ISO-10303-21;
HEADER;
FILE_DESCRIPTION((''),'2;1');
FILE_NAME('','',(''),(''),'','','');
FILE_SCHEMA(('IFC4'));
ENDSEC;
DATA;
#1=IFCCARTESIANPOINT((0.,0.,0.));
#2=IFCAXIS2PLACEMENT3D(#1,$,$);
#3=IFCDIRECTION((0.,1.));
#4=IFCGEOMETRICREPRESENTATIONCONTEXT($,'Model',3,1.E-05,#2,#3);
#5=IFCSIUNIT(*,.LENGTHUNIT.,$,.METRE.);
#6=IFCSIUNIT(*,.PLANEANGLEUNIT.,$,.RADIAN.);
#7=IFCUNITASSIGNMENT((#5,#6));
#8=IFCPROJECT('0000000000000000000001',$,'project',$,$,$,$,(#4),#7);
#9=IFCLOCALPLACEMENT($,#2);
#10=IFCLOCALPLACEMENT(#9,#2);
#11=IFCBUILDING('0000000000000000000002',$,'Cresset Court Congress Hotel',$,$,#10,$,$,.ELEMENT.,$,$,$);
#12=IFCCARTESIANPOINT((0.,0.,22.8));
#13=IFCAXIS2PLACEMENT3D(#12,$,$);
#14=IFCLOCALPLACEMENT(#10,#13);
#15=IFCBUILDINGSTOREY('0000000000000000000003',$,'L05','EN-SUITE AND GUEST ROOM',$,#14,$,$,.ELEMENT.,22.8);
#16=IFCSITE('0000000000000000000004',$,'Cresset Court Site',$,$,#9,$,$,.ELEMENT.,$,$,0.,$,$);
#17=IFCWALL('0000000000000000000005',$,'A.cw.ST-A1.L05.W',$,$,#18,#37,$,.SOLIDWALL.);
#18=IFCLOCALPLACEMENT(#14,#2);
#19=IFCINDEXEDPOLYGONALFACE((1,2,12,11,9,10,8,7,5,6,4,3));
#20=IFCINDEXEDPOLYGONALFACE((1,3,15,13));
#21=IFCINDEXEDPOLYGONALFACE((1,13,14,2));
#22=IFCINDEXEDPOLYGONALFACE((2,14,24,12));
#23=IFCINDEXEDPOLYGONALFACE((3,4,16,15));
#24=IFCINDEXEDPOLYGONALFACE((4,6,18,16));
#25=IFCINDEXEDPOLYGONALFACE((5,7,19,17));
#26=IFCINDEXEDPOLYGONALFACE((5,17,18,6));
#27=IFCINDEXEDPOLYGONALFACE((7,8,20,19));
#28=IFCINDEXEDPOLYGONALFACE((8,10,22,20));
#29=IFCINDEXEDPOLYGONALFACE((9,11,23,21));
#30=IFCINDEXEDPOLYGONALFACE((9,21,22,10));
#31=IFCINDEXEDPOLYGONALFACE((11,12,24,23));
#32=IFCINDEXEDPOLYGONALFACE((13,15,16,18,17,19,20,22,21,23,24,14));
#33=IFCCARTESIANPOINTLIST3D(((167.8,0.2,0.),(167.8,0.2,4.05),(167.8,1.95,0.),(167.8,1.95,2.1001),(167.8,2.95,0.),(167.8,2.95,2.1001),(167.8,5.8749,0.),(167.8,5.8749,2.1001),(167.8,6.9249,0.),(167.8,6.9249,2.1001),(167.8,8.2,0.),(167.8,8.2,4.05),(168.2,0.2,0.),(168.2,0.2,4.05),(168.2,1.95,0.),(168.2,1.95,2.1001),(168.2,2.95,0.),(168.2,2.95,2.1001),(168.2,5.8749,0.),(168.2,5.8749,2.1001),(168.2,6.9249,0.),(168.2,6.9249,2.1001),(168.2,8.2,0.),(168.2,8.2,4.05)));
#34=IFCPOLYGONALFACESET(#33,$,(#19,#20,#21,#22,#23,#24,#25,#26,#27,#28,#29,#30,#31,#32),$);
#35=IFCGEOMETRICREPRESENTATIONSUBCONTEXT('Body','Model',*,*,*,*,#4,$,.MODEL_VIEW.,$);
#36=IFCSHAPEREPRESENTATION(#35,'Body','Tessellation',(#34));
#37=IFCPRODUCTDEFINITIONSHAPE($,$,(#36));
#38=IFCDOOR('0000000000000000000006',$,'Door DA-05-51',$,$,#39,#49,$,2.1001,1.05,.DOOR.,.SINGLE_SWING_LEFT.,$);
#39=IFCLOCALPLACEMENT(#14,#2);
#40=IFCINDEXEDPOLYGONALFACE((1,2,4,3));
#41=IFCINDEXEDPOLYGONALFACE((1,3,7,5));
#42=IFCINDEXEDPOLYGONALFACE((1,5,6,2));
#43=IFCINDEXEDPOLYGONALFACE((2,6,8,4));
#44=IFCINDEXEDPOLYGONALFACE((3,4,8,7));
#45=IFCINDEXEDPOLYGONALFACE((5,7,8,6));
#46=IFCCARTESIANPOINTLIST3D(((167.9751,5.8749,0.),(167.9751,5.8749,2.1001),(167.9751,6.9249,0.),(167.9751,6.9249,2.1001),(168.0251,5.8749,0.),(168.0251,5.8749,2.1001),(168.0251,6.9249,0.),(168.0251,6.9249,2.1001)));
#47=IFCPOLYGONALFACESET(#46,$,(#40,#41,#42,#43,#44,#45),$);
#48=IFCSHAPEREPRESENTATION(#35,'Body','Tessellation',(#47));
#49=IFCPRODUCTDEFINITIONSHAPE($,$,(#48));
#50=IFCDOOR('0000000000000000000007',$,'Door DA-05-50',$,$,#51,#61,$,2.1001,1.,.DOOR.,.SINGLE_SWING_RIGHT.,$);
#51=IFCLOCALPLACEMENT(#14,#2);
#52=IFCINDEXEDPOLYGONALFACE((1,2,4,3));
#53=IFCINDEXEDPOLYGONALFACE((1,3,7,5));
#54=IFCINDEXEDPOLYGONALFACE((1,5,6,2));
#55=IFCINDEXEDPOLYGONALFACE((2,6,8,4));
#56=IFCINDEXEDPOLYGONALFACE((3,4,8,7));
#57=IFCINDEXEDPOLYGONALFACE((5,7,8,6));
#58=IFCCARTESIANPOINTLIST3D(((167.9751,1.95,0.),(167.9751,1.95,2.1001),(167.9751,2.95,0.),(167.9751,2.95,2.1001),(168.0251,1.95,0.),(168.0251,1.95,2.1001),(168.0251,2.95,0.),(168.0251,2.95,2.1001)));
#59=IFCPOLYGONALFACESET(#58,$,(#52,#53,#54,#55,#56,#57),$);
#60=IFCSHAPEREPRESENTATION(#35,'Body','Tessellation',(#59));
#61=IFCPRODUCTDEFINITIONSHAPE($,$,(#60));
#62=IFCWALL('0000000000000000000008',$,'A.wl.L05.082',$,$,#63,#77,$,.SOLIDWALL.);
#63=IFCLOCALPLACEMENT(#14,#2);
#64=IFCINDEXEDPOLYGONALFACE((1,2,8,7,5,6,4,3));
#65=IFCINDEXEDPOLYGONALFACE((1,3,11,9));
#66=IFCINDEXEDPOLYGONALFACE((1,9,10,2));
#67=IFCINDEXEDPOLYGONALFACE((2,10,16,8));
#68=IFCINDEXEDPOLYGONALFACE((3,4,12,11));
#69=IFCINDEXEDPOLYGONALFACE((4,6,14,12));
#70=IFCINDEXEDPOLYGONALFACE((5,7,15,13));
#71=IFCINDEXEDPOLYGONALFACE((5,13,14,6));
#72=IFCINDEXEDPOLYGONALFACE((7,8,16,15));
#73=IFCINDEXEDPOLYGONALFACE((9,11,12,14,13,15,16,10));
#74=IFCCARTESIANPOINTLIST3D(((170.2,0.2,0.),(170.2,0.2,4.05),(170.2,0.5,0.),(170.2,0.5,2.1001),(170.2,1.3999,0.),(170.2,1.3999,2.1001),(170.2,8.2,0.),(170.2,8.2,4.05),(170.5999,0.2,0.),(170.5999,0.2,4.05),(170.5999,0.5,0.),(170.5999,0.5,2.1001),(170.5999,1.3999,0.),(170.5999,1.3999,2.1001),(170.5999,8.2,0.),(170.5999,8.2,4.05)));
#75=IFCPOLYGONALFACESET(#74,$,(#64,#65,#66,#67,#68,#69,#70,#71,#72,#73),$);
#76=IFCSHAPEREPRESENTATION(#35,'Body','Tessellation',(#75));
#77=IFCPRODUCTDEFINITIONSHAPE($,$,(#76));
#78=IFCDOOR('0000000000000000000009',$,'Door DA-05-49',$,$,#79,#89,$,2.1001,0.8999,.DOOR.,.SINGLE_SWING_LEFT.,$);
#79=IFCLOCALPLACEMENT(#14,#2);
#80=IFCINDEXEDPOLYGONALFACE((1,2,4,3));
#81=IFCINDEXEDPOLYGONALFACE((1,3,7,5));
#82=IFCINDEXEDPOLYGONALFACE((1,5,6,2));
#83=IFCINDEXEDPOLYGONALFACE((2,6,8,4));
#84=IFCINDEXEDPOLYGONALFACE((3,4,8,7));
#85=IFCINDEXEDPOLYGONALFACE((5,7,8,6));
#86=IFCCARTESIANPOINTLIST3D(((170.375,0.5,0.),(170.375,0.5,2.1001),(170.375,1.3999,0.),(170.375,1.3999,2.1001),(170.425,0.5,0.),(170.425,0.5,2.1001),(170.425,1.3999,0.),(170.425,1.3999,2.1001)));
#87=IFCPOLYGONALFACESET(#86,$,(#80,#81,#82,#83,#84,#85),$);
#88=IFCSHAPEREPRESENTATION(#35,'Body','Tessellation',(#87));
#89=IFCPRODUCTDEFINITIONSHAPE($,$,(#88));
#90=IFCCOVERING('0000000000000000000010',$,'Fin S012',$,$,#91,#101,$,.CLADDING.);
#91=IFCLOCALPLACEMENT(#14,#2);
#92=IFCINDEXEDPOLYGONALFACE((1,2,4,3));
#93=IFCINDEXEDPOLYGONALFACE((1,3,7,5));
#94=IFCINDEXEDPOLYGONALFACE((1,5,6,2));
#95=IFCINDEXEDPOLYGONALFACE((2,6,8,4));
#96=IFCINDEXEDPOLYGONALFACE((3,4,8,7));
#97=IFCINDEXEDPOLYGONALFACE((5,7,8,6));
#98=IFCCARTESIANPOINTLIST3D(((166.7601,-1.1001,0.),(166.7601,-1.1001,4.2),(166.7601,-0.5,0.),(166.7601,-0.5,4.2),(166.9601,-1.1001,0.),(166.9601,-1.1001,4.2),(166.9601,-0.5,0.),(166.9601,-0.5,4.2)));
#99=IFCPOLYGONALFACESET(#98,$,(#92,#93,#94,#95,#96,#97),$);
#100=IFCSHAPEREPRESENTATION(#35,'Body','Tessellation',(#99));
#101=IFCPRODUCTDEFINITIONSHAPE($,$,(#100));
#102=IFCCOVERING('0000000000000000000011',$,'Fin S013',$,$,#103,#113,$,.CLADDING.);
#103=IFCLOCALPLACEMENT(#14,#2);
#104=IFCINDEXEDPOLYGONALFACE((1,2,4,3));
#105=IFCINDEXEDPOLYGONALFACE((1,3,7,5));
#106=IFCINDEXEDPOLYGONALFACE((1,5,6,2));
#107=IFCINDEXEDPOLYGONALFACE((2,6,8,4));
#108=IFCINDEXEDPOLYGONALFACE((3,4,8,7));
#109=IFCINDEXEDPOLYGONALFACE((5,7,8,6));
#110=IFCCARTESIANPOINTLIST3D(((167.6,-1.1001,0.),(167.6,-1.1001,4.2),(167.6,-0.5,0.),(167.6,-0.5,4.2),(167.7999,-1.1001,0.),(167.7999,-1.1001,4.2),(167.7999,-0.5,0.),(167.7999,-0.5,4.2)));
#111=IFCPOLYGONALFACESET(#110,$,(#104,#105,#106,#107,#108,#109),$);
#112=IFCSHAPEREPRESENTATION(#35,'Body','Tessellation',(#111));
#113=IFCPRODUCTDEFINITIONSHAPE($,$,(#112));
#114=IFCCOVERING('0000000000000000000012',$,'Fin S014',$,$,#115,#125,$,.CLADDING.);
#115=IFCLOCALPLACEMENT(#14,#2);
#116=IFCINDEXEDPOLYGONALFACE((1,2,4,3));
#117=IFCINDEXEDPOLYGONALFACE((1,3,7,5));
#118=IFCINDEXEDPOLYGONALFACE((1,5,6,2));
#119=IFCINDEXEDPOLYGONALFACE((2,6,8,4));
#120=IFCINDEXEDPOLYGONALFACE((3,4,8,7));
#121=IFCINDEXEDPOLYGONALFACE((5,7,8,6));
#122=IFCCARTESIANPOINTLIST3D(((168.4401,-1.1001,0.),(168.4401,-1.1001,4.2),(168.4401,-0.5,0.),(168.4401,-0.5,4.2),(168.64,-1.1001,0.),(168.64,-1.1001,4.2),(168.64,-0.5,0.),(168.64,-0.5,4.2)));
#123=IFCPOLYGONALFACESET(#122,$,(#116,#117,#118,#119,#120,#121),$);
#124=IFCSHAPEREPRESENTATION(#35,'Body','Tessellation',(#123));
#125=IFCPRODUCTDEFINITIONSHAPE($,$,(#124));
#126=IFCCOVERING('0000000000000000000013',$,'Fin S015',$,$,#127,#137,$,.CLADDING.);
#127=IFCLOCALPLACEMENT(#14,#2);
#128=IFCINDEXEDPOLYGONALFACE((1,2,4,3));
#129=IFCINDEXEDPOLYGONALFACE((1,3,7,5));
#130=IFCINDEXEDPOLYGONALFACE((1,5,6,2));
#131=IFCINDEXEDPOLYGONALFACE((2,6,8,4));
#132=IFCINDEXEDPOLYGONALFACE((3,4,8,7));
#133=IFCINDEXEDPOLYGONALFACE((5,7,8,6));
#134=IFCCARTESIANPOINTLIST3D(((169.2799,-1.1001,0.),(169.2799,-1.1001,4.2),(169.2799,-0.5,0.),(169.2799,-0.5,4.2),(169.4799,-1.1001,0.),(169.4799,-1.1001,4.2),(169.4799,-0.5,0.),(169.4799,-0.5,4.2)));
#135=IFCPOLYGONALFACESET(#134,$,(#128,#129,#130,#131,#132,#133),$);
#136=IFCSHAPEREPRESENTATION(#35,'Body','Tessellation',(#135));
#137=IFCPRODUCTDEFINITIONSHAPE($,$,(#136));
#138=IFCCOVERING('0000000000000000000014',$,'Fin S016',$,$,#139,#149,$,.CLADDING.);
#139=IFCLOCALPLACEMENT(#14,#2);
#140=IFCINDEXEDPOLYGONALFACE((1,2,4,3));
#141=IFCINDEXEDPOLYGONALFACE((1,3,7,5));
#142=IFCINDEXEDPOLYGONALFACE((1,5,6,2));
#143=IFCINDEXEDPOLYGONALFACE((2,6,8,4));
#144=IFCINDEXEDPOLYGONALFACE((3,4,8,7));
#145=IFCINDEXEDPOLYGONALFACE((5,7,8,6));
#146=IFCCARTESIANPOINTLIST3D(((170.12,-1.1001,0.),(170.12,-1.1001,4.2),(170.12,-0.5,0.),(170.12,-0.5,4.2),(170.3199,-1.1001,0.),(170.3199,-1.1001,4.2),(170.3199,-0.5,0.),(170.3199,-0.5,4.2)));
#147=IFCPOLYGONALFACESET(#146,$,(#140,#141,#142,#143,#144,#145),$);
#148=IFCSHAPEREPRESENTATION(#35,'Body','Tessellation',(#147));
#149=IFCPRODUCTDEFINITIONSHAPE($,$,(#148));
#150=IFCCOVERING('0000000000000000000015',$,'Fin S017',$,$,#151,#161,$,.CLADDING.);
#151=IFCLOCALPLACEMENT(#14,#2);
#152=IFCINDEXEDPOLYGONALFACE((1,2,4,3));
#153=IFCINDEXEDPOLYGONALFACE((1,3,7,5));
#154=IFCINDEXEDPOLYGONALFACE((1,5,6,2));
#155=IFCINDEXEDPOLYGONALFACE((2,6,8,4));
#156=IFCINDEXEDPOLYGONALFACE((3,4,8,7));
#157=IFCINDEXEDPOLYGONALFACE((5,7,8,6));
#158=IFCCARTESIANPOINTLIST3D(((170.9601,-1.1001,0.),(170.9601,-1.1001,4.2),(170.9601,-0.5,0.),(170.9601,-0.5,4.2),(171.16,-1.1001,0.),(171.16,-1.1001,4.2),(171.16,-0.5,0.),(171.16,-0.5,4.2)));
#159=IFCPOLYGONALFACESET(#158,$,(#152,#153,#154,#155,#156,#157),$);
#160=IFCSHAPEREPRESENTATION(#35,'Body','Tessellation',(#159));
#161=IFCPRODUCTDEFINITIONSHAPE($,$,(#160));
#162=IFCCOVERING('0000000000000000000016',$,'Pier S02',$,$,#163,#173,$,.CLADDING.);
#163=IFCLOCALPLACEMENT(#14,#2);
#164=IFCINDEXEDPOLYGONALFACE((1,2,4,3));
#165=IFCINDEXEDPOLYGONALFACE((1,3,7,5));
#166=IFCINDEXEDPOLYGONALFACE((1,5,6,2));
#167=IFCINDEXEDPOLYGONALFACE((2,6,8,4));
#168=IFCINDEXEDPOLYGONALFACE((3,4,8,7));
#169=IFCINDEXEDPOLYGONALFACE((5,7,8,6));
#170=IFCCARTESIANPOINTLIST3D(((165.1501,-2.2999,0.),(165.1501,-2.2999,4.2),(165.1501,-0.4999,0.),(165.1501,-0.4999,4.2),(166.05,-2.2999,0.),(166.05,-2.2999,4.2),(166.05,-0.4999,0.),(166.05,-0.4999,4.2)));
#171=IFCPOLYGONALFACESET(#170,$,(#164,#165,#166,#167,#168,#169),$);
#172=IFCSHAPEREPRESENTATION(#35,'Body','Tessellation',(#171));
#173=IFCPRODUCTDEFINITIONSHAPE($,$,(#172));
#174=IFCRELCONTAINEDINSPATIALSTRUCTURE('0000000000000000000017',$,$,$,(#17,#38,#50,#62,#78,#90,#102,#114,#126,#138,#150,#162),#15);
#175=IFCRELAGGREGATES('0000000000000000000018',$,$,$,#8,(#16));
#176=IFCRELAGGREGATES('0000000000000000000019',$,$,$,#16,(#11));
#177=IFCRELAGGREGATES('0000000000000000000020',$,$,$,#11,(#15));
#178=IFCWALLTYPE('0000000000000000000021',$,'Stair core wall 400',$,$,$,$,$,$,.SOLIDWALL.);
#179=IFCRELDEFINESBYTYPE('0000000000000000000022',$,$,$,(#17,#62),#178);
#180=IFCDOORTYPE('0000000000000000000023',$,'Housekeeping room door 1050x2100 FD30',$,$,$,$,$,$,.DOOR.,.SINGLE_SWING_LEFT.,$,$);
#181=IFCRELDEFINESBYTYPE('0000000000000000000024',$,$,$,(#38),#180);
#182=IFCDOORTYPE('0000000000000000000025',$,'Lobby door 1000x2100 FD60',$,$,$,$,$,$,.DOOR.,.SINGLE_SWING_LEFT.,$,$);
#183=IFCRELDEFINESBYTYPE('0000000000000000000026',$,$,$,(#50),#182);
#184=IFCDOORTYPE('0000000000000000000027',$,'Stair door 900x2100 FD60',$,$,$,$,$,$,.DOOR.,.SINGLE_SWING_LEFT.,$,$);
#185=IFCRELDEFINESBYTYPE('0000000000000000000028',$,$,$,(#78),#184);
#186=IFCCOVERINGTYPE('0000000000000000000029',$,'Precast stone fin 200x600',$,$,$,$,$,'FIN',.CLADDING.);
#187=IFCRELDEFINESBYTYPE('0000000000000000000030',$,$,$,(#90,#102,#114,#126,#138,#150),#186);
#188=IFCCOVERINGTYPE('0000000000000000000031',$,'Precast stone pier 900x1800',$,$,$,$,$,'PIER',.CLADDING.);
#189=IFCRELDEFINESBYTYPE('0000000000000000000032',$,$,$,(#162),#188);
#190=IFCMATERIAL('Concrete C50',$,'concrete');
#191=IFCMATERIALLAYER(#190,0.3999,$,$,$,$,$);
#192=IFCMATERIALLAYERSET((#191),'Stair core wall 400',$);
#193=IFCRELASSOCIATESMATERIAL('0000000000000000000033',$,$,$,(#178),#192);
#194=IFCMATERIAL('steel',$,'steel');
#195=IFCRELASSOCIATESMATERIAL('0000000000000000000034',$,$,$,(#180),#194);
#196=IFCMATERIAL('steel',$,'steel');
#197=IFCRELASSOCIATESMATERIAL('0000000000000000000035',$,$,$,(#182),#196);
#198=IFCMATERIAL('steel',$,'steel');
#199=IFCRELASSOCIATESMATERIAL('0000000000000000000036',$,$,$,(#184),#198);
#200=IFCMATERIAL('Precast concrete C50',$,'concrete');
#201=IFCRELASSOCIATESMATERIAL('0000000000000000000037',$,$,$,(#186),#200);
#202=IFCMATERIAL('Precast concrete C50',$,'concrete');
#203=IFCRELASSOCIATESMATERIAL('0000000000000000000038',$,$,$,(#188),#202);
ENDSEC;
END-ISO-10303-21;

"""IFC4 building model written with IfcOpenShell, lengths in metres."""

from ifc_helpers import new_model, si_unit, direction, frame, frame_2d, origin, origin_2d, place, context, subcontext, project, spatial, rectangle, extrude, material, layer, layer_set, type_object, element, fill, save


model = new_model("IFC4")

# Units and contexts
model_context = context("Model", 3, precision=1e-05, world=origin(), true_north=direction((0.0, 1.0)))
body_context = subcontext(model_context, "Body", "Model", "MODEL_VIEW")
ifc_project = project(units=[si_unit("LENGTHUNIT", "METRE"), si_unit("PLANEANGLEUNIT", "RADIAN")], contexts=[model_context])

# Site, building, storey
site_placement = place(None, origin())
site = spatial("IfcSite", under=ifc_project, at=site_placement, Name="Cresset Court Site", CompositionType="ELEMENT", RefElevation=0.0)
building_placement = place(site_placement, origin())
building = spatial("IfcBuilding", under=site, at=building_placement, Name="Cresset Court Congress Hotel", CompositionType="ELEMENT")
storey_placement = place(building_placement, frame((0.0, 0.0, 22.8)))
storey = spatial("IfcBuildingStorey", under=building, at=storey_placement, Name="L05", Description="EN-SUITE AND GUEST ROOM", CompositionType="ELEMENT", Elevation=22.8)

# Shared definitions
ifc_material_1 = material(Name="Concrete C50", Category="concrete")
ifc_layer_1 = layer(ifc_material_1, 0.3999)
ifc_layer_set_1 = layer_set([ifc_layer_1], Name="Stair core wall 400")
wall_type_1 = type_object("IfcWallType", Name="Stair core wall 400", PredefinedType="SOLIDWALL", material=ifc_layer_set_1)

# Wall, openings, doors
wall_1_placement = place(storey_placement, frame((168.0, 0.2, 0.0), z_axis=(0.0, 0.0, 1.0), x_axis=(0.0, 1.0, 0.0)))
wall_1 = element("IfcWall", 1, at=wall_1_placement, inside=storey, type_object=wall_type_1, Name="A.cw.ST-A1.L05.W", PredefinedType="SOLIDWALL", context=body_context, shape_type="SweptSolid", body=[
    extrude(rectangle(XDim=8.0, YDim=0.3999, at=frame_2d((4.0, 0.0))), origin(), (0.0, 0.0, 1.0), 4.05),
])
opening_1_placement = place(wall_1_placement, frame((1.75, 0.0, 0.0)))
opening_1 = element("IfcOpeningElement", 2, at=opening_1_placement, cuts=wall_1, PredefinedType="OPENING", context=body_context, shape_type="SweptSolid", body=[
    extrude(rectangle(XDim=1.0, YDim=2.1001, at=frame_2d((0.5, 1.05))), frame((0.0, 0.21, 0.0), z_axis=(0.0, -1.0, 0.0), x_axis=(1.0, 0.0, 0.0)), (0.0, 0.0, 1.0), 0.4199),
])
opening_2_placement = place(wall_1_placement, frame((5.675, 0.0, 0.0)))
opening_2 = element("IfcOpeningElement", 3, at=opening_2_placement, cuts=wall_1, PredefinedType="OPENING", context=body_context, shape_type="SweptSolid", body=[
    extrude(rectangle(XDim=1.05, YDim=2.1001, at=frame_2d((0.5249, 1.05))), frame((0.0, 0.21, 0.0), z_axis=(0.0, -1.0, 0.0), x_axis=(1.0, 0.0, 0.0)), (0.0, 0.0, 1.0), 0.4199),
])
ifc_material_2 = material(Name="steel", Category="steel")
door_type_1 = type_object("IfcDoorType", Name="Housekeeping room door 1050x2100 FD30", OperationType="SINGLE_SWING_LEFT", PredefinedType="DOOR", material=ifc_material_2)
door_1_placement = place(opening_2_placement, origin())
door_1 = element("IfcDoor", 4, at=door_1_placement, inside=storey, type_object=door_type_1, Name="Door DA-05-51", OperationType="SINGLE_SWING_LEFT", OverallHeight=2.1001, OverallWidth=1.05, PredefinedType="DOOR", context=body_context, shape_type="SweptSolid", body=[
    extrude(rectangle(XDim=1.05, YDim=2.1001, at=frame_2d((0.5249, 1.05))), frame((0.0, 0.0249, 0.0), z_axis=(0.0, -1.0, 0.0), x_axis=(1.0, 0.0, 0.0)), (0.0, 0.0, 1.0), 0.05),
])
fill(opening_2, door_1)
ifc_material_3 = material(Name="steel", Category="steel")
door_type_2 = type_object("IfcDoorType", Name="Lobby door 1000x2100 FD60", OperationType="SINGLE_SWING_LEFT", PredefinedType="DOOR", material=ifc_material_3)
door_2_placement = place(opening_1_placement, origin())
door_2 = element("IfcDoor", 5, at=door_2_placement, inside=storey, type_object=door_type_2, Name="Door DA-05-50", OperationType="SINGLE_SWING_RIGHT", OverallHeight=2.1001, OverallWidth=1.0, PredefinedType="DOOR", context=body_context, shape_type="SweptSolid", body=[
    extrude(rectangle(XDim=1.0, YDim=2.1001, at=frame_2d((0.5, 1.05))), frame((0.0, 0.0249, 0.0), z_axis=(0.0, -1.0, 0.0), x_axis=(1.0, 0.0, 0.0)), (0.0, 0.0, 1.0), 0.05),
])
fill(opening_1, door_2)

# Wall, opening, door
wall_2_placement = place(storey_placement, frame((170.3999, 0.2, 0.0), z_axis=(0.0, 0.0, 1.0), x_axis=(0.0, 1.0, 0.0)))
wall_2 = element("IfcWall", 6, at=wall_2_placement, inside=storey, type_object=wall_type_1, Name="A.wl.L05.082", PredefinedType="SOLIDWALL", context=body_context, shape_type="SweptSolid", body=[
    extrude(rectangle(XDim=8.0, YDim=0.3999, at=frame_2d((4.0, 0.0))), origin(), (0.0, 0.0, 1.0), 4.05),
])
opening_3_placement = place(wall_2_placement, frame((0.3, 0.0, 0.0)))
opening_3 = element("IfcOpeningElement", 7, at=opening_3_placement, cuts=wall_2, PredefinedType="OPENING", context=body_context, shape_type="SweptSolid", body=[
    extrude(rectangle(XDim=0.8999, YDim=2.1001, at=frame_2d((0.45, 1.05))), frame((0.0, 0.21, 0.0), z_axis=(0.0, -1.0, 0.0), x_axis=(1.0, 0.0, 0.0)), (0.0, 0.0, 1.0), 0.4199),
])
ifc_material_4 = material(Name="steel", Category="steel")
door_type_3 = type_object("IfcDoorType", Name="Stair door 900x2100 FD60", OperationType="SINGLE_SWING_LEFT", PredefinedType="DOOR", material=ifc_material_4)
door_3_placement = place(opening_3_placement, origin())
door_3 = element("IfcDoor", 8, at=door_3_placement, inside=storey, type_object=door_type_3, Name="Door DA-05-49", OperationType="SINGLE_SWING_LEFT", OverallHeight=2.1001, OverallWidth=0.8999, PredefinedType="DOOR", context=body_context, shape_type="SweptSolid", body=[
    extrude(rectangle(XDim=0.8999, YDim=2.1001, at=frame_2d((0.45, 1.05))), frame((0.0, 0.0249, 0.0), z_axis=(0.0, -1.0, 0.0), x_axis=(1.0, 0.0, 0.0)), (0.0, 0.0, 1.0), 0.05),
])
fill(opening_3, door_3)

# Coverings
ifc_material_5 = material(Name="Precast concrete C50", Category="concrete")
covering_type_1 = type_object("IfcCoveringType", Name="Precast stone fin 200x600", ElementType="FIN", PredefinedType="CLADDING", material=ifc_material_5)
for number, where, z_axis, x_axis, name in (
    (9, (166.8601, -0.8, 0.0), (0.0, 0.0, 1.0), (1.0, 0.0, 0.0), "Fin S012"),
    (10, (167.7, -0.8, 0.0), (0.0, 0.0, 1.0), (1.0, 0.0, 0.0), "Fin S013"),
    (11, (168.54, -0.8, 0.0), (0.0, 0.0, 1.0), (1.0, 0.0, 0.0), "Fin S014"),
    (12, (169.3799, -0.8, 0.0), (0.0, 0.0, 1.0), (1.0, 0.0, 0.0), "Fin S015"),
    (13, (170.22, -0.8, 0.0), (0.0, 0.0, 1.0), (1.0, 0.0, 0.0), "Fin S016"),
    (14, (171.0601, -0.8, 0.0), (0.0, 0.0, 1.0), (1.0, 0.0, 0.0), "Fin S017"),
):
    element("IfcCovering", number, at=place(storey_placement, frame(where, z_axis=z_axis, x_axis=x_axis)), inside=storey, type_object=covering_type_1, Name=name, PredefinedType="CLADDING", context=body_context, shape_type="SweptSolid", body=[
        extrude(rectangle(XDim=0.2, YDim=0.6001, at=origin_2d()), origin(), (0.0, 0.0, 1.0), 4.2),
    ])
ifc_material_6 = material(Name="Precast concrete C50", Category="concrete")
covering_type_2 = type_object("IfcCoveringType", Name="Precast stone pier 900x1800", ElementType="PIER", PredefinedType="CLADDING", material=ifc_material_6)
covering_placement = place(storey_placement, frame((165.6001, -1.3999, 0.0), z_axis=(0.0, 0.0, 1.0), x_axis=(1.0, 0.0, 0.0)))
element("IfcCovering", 15, at=covering_placement, inside=storey, type_object=covering_type_2, Name="Pier S02", PredefinedType="CLADDING", context=body_context, shape_type="SweptSolid", body=[
    extrude(rectangle(XDim=0.8999, YDim=1.8, at=origin_2d()), origin(), (0.0, 0.0, 1.0), 4.2),
])

save(model, "model.ifc")
